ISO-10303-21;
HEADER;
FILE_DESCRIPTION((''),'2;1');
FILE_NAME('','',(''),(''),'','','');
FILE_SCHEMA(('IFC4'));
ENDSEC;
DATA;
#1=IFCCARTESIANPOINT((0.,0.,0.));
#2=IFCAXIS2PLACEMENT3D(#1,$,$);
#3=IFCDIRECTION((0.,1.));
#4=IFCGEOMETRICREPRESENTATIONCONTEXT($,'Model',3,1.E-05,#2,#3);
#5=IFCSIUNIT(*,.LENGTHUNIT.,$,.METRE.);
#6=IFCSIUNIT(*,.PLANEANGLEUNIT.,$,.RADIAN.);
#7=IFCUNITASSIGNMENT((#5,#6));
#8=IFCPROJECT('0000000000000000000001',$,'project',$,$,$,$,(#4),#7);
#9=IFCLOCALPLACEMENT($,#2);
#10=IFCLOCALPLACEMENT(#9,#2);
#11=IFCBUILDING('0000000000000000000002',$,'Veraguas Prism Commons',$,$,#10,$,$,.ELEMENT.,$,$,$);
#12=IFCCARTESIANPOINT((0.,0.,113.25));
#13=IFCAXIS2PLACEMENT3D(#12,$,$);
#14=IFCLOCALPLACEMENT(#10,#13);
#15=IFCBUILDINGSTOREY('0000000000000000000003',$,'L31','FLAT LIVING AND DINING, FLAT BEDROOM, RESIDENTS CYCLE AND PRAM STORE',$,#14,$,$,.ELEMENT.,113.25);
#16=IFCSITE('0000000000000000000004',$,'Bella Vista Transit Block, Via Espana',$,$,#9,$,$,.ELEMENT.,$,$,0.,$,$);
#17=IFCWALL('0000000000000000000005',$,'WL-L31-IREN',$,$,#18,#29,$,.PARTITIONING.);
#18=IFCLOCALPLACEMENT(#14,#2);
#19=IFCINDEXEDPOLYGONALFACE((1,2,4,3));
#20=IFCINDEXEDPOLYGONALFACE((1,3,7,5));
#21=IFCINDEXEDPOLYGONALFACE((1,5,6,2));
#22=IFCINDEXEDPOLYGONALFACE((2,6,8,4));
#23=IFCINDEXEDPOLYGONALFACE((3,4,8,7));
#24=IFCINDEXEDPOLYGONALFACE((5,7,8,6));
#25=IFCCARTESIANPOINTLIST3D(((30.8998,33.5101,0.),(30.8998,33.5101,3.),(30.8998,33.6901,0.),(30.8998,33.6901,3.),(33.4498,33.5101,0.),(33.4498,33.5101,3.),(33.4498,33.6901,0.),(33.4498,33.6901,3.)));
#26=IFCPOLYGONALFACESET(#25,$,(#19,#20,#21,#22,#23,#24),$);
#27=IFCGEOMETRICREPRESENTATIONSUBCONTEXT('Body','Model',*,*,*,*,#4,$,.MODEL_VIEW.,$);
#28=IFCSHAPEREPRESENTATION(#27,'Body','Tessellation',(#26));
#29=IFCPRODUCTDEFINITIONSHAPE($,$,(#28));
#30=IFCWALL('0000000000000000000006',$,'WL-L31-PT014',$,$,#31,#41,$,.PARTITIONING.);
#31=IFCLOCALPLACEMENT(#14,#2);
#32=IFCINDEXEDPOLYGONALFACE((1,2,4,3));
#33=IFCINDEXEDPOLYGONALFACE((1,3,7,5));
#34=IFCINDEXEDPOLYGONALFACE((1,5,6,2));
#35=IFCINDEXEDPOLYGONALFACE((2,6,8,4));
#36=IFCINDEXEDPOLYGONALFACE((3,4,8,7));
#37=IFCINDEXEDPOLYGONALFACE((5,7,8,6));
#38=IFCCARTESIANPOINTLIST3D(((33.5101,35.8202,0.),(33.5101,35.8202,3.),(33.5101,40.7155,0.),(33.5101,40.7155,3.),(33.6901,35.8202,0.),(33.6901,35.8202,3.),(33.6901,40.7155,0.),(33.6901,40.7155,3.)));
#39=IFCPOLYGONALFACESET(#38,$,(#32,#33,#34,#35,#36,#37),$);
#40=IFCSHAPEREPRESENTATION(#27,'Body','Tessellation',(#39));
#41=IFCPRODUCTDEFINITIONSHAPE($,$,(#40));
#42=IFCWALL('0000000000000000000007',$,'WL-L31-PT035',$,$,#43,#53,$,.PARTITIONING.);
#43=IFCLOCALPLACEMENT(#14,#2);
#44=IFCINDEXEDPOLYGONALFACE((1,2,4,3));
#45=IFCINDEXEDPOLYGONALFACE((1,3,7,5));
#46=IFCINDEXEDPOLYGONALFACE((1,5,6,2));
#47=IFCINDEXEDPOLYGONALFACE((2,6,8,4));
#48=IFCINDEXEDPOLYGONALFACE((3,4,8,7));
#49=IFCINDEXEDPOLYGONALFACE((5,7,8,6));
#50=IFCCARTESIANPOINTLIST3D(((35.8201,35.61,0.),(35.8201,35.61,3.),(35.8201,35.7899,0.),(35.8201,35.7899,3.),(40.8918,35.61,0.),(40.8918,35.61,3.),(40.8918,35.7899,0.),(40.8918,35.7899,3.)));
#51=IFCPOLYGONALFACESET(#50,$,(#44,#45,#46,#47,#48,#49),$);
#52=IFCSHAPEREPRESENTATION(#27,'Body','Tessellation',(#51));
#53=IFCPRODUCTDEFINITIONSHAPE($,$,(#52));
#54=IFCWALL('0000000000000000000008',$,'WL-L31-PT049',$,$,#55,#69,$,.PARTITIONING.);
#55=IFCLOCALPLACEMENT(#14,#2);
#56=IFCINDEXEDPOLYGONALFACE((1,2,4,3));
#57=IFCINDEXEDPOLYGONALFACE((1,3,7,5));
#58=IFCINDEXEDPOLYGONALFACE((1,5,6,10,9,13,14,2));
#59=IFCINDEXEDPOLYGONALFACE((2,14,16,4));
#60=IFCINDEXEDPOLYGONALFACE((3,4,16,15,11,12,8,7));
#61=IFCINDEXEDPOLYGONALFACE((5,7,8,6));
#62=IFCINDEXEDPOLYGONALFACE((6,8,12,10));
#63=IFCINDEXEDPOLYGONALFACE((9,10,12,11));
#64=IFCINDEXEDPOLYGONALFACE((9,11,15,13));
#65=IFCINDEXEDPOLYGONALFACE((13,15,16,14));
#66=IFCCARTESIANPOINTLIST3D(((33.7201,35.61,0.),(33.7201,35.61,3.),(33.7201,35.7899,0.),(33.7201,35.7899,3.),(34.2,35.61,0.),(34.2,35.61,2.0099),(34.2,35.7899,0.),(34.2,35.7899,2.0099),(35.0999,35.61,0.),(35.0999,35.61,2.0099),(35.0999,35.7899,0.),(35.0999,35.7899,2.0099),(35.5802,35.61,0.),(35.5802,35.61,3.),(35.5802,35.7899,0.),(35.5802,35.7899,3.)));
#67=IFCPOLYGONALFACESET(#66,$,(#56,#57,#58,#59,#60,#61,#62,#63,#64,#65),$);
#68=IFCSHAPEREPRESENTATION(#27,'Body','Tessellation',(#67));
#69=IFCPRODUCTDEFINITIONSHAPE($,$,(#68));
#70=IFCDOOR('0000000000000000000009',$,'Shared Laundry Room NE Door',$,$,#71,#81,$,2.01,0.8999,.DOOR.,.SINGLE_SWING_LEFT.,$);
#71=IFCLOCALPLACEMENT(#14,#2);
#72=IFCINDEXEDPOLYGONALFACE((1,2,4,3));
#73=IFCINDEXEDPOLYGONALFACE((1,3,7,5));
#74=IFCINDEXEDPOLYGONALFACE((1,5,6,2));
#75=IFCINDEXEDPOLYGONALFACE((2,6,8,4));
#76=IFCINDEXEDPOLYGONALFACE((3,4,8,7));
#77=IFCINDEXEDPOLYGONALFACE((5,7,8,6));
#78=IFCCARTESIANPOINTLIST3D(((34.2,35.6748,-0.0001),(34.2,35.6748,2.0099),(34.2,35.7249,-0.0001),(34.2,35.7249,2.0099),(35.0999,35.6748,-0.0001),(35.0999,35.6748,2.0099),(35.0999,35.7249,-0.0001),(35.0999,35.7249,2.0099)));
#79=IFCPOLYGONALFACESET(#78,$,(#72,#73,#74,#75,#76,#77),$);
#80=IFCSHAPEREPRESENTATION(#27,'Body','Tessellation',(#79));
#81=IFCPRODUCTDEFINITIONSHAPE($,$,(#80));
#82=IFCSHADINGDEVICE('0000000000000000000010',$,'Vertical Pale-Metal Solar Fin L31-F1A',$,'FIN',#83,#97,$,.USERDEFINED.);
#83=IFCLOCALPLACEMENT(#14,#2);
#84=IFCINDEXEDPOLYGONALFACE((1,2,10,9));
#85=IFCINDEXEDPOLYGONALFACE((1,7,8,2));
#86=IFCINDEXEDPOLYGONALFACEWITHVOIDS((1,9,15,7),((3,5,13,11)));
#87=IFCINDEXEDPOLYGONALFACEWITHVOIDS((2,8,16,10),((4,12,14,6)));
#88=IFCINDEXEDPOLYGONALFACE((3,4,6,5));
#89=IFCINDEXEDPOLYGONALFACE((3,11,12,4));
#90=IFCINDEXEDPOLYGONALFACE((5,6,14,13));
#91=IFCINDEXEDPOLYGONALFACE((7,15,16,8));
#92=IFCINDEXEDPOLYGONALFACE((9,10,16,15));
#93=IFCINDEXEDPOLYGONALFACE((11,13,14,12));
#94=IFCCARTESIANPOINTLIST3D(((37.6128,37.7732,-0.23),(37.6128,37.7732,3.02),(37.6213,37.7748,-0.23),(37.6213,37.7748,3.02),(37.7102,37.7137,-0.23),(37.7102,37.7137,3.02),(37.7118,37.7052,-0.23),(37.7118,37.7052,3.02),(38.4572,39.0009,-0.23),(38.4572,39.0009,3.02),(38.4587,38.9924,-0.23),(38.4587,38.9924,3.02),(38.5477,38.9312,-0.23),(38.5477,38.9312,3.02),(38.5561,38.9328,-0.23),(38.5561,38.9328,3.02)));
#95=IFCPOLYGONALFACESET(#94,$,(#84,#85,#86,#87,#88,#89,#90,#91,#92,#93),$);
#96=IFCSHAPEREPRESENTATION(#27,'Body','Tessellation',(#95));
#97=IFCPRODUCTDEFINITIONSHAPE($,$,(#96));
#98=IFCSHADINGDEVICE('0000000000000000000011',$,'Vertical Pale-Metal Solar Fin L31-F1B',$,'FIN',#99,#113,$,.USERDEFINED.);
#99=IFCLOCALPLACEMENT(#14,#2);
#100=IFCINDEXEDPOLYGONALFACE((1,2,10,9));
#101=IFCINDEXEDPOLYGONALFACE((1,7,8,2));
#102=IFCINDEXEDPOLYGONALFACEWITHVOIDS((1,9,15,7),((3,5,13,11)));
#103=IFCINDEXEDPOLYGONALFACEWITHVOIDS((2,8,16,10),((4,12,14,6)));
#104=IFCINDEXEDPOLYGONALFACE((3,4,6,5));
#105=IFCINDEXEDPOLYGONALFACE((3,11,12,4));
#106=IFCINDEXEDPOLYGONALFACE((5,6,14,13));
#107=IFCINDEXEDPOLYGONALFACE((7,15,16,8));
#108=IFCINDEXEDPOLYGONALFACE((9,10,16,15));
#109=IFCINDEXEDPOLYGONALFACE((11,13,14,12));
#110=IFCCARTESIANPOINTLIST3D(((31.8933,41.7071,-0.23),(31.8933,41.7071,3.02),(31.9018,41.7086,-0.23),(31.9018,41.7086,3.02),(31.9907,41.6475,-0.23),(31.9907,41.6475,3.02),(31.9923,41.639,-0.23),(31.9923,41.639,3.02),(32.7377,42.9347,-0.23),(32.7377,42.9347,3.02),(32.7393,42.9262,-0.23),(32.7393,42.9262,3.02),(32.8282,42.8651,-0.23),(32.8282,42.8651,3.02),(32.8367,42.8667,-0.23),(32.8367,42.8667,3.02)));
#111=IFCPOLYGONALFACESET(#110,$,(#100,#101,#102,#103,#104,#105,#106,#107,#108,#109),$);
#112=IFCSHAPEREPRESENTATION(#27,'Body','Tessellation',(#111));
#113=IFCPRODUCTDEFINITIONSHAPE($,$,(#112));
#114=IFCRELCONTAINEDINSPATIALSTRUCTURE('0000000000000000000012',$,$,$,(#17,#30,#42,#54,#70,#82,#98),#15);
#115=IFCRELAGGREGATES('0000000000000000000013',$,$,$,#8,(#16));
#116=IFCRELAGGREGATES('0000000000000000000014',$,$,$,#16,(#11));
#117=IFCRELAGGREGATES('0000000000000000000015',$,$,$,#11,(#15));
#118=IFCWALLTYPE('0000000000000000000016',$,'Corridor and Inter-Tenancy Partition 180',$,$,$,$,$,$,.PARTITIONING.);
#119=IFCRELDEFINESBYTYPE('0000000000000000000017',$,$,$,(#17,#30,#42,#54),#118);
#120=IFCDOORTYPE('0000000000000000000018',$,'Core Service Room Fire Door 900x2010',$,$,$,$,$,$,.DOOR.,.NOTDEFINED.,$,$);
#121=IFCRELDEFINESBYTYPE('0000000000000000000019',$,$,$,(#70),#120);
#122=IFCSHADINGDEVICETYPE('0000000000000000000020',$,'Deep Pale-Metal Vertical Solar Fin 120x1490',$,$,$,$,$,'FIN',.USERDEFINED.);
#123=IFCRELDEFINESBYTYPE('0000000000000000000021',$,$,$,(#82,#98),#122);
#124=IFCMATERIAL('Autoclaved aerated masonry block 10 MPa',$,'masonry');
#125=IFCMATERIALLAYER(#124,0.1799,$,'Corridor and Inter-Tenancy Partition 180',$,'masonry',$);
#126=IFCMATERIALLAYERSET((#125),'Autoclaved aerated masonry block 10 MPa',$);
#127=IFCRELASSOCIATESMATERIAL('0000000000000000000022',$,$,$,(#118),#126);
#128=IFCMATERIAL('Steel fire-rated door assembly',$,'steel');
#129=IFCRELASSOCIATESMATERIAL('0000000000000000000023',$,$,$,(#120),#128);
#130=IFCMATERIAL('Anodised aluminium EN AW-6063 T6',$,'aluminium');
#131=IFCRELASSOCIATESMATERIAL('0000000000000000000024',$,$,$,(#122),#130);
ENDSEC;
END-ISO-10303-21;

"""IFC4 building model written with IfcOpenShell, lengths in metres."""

from ifc_helpers import new_model, si_unit, direction, frame, frame_2d, origin, origin_2d, place, context, subcontext, project, spatial, rectangle, hollow_rectangle, extrude, source, transform, mapped, material, layer, layer_set, material_profile, profile_set, type_object, element, fill, save


model = new_model("IFC4")

# Units and contexts
model_context = context("Model", 3, precision=1e-05, world=origin(), true_north=direction((0.0, 1.0)))
body_context = subcontext(model_context, "Body", "Model", "MODEL_VIEW")
ifc_project = project(units=[si_unit("LENGTHUNIT", "METRE"), si_unit("PLANEANGLEUNIT", "RADIAN")], contexts=[model_context])

# Site, building, storey
site_placement = place(None, origin())
site = spatial("IfcSite", under=ifc_project, at=site_placement, Name="Bella Vista Transit Block, Via Espana", CompositionType="ELEMENT", RefElevation=0.0)
building_placement = place(site_placement, origin())
building = spatial("IfcBuilding", under=site, at=building_placement, Name="Veraguas Prism Commons", CompositionType="ELEMENT")
storey_placement = place(building_placement, frame((0.0, 0.0, 113.25)))
storey = spatial("IfcBuildingStorey", under=building, at=storey_placement, Name="L31", Description="FLAT LIVING AND DINING, FLAT BEDROOM, RESIDENTS CYCLE AND PRAM STORE", CompositionType="ELEMENT", Elevation=113.25)

# Shared definitions
ifc_material_1 = material(Name="Anodised aluminium EN AW-6063 T6", Category="aluminium")

# Walls
ifc_material_2 = material(Name="Autoclaved aerated masonry block 10 MPa", Category="masonry")
ifc_layer_1 = layer(ifc_material_2, 0.1799, Name="Corridor and Inter-Tenancy Partition 180", Category="masonry")
ifc_layer_set_1 = layer_set([ifc_layer_1], Name="Autoclaved aerated masonry block 10 MPa")
wall_type = type_object("IfcWallType", Name="Corridor and Inter-Tenancy Partition 180", PredefinedType="PARTITIONING", material=ifc_layer_set_1)
wall_1_placement = place(storey_placement, frame((30.8999, 33.6001, 0.0), z_axis=(0.0, 0.0, 1.0), x_axis=(1.0, 0.0, 0.0)))
element("IfcWall", 1, at=wall_1_placement, inside=storey, type_object=wall_type, Name="WL-L31-IREN", PredefinedType="PARTITIONING", context=body_context, shape_type="SweptSolid", body=[
    extrude(rectangle(XDim=2.55, YDim=0.1799, at=frame_2d((1.2749, 0.0))), origin(), (0.0, 0.0, 1.0), 3.0),
])
wall_2_placement = place(storey_placement, frame((33.6001, 35.8201, 0.0), z_axis=(0.0, 0.0, 1.0), x_axis=(0.0, 1.0, 0.0)))
element("IfcWall", 2, at=wall_2_placement, inside=storey, type_object=wall_type, Name="WL-L31-PT014", PredefinedType="PARTITIONING", context=body_context, shape_type="SweptSolid", body=[
    extrude(rectangle(XDim=4.8953, YDim=0.1799, at=frame_2d((2.4478, 0.0))), origin(), (0.0, 0.0, 1.0), 3.0),
])
wall_3_placement = place(storey_placement, frame((35.8201, 35.7, 0.0), z_axis=(0.0, 0.0, 1.0), x_axis=(1.0, 0.0, 0.0)))
element("IfcWall", 3, at=wall_3_placement, inside=storey, type_object=wall_type, Name="WL-L31-PT035", PredefinedType="PARTITIONING", context=body_context, shape_type="SweptSolid", body=[
    extrude(rectangle(XDim=5.0718, YDim=0.1799, at=frame_2d((2.5359, 0.0))), origin(), (0.0, 0.0, 1.0), 3.0),
])

# Wall, opening, door
wall_4_placement = place(storey_placement, frame((33.72, 35.7, 0.0), z_axis=(0.0, 0.0, 1.0), x_axis=(1.0, 0.0, 0.0)))
wall_4 = element("IfcWall", 4, at=wall_4_placement, inside=storey, type_object=wall_type, Name="WL-L31-PT049", PredefinedType="PARTITIONING", context=body_context, shape_type="SweptSolid", body=[
    extrude(rectangle(XDim=1.8601, YDim=0.1799, at=frame_2d((0.9302, 0.0))), origin(), (0.0, 0.0, 1.0), 3.0),
])
opening_placement = place(wall_4_placement, frame((0.48, 0.0, 0.0)))
opening = element("IfcOpeningElement", 5, at=opening_placement, cuts=wall_4, PredefinedType="OPENING", context=body_context, shape_type="SweptSolid", body=[
    extrude(rectangle(XDim=0.8999, YDim=2.01, at=frame_2d((0.45, 1.0049))), frame((0.0, 0.0999, 0.0), z_axis=(0.0, -1.0, 0.0), x_axis=(1.0, 0.0, 0.0)), (0.0, 0.0, 1.0), 0.2),
])
ifc_material_3 = material(Name="Steel fire-rated door assembly", Category="steel")
door_type = type_object("IfcDoorType", Name="Core Service Room Fire Door 900x2010", OperationType="NOTDEFINED", PredefinedType="DOOR", material=ifc_material_3)
shared_shape_1 = source(origin(), body_context, "Body", "SweptSolid", [
    extrude(rectangle(XDim=0.8999, YDim=2.01, at=frame_2d((0.45, 1.0049))), frame((0.0, 0.0249, 0.0), z_axis=(0.0, -1.0, 0.0), x_axis=(1.0, 0.0, 0.0)), (0.0, 0.0, 1.0), 0.05),
])
door_placement = place(opening_placement, origin())
door = element("IfcDoor", 6, at=door_placement, inside=storey, type_object=door_type, Name="Shared Laundry Room NE Door", OperationType="SINGLE_SWING_LEFT", OverallHeight=2.01, OverallWidth=0.8999, PredefinedType="DOOR", context=body_context, shape_type="MappedRepresentation", body=[
    mapped(shared_shape_1, transform((0.0, 0.0, 0.0), scale=1.0)),
])
fill(opening, door)

# Shading devices
ifc_material_profile_1 = material_profile(ifc_material_1, hollow_rectangle(XDim=0.1201, YDim=1.49, WallThickness=0.0061, at=origin_2d()), Name="FIN120X1490X6")
ifc_profile_set_1 = profile_set([ifc_material_profile_1], Name="Anodised aluminium EN AW-6063 T6")
shading_device_type = type_object("IfcShadingDeviceType", Name="Deep Pale-Metal Vertical Solar Fin 120x1490", ElementType="FIN", PredefinedType="USERDEFINED", material=ifc_profile_set_1)
for number, where, z_axis, x_axis, name in (
    (7, (38.0845, 38.353, -0.23), (0.0, 0.0, 1.0), (-0.823929, 0.566692, 0.0), "Vertical Pale-Metal Solar Fin L31-F1A"),
    (8, (32.365, 42.2869, -0.23), (0.0, 0.0, 1.0), (-0.823929, 0.566692, 0.0), "Vertical Pale-Metal Solar Fin L31-F1B"),
):
    element("IfcShadingDevice", number, at=place(storey_placement, frame(where, z_axis=z_axis, x_axis=x_axis)), inside=storey, type_object=shading_device_type, Name=name, ObjectType="FIN", PredefinedType="USERDEFINED", context=body_context, shape_type="SweptSolid", body=[
        extrude(hollow_rectangle(XDim=0.1201, YDim=1.49, WallThickness=0.0061, at=origin_2d()), origin(), (0.0, 0.0, 1.0), 3.25),
    ])

save(model, "model.ifc")
